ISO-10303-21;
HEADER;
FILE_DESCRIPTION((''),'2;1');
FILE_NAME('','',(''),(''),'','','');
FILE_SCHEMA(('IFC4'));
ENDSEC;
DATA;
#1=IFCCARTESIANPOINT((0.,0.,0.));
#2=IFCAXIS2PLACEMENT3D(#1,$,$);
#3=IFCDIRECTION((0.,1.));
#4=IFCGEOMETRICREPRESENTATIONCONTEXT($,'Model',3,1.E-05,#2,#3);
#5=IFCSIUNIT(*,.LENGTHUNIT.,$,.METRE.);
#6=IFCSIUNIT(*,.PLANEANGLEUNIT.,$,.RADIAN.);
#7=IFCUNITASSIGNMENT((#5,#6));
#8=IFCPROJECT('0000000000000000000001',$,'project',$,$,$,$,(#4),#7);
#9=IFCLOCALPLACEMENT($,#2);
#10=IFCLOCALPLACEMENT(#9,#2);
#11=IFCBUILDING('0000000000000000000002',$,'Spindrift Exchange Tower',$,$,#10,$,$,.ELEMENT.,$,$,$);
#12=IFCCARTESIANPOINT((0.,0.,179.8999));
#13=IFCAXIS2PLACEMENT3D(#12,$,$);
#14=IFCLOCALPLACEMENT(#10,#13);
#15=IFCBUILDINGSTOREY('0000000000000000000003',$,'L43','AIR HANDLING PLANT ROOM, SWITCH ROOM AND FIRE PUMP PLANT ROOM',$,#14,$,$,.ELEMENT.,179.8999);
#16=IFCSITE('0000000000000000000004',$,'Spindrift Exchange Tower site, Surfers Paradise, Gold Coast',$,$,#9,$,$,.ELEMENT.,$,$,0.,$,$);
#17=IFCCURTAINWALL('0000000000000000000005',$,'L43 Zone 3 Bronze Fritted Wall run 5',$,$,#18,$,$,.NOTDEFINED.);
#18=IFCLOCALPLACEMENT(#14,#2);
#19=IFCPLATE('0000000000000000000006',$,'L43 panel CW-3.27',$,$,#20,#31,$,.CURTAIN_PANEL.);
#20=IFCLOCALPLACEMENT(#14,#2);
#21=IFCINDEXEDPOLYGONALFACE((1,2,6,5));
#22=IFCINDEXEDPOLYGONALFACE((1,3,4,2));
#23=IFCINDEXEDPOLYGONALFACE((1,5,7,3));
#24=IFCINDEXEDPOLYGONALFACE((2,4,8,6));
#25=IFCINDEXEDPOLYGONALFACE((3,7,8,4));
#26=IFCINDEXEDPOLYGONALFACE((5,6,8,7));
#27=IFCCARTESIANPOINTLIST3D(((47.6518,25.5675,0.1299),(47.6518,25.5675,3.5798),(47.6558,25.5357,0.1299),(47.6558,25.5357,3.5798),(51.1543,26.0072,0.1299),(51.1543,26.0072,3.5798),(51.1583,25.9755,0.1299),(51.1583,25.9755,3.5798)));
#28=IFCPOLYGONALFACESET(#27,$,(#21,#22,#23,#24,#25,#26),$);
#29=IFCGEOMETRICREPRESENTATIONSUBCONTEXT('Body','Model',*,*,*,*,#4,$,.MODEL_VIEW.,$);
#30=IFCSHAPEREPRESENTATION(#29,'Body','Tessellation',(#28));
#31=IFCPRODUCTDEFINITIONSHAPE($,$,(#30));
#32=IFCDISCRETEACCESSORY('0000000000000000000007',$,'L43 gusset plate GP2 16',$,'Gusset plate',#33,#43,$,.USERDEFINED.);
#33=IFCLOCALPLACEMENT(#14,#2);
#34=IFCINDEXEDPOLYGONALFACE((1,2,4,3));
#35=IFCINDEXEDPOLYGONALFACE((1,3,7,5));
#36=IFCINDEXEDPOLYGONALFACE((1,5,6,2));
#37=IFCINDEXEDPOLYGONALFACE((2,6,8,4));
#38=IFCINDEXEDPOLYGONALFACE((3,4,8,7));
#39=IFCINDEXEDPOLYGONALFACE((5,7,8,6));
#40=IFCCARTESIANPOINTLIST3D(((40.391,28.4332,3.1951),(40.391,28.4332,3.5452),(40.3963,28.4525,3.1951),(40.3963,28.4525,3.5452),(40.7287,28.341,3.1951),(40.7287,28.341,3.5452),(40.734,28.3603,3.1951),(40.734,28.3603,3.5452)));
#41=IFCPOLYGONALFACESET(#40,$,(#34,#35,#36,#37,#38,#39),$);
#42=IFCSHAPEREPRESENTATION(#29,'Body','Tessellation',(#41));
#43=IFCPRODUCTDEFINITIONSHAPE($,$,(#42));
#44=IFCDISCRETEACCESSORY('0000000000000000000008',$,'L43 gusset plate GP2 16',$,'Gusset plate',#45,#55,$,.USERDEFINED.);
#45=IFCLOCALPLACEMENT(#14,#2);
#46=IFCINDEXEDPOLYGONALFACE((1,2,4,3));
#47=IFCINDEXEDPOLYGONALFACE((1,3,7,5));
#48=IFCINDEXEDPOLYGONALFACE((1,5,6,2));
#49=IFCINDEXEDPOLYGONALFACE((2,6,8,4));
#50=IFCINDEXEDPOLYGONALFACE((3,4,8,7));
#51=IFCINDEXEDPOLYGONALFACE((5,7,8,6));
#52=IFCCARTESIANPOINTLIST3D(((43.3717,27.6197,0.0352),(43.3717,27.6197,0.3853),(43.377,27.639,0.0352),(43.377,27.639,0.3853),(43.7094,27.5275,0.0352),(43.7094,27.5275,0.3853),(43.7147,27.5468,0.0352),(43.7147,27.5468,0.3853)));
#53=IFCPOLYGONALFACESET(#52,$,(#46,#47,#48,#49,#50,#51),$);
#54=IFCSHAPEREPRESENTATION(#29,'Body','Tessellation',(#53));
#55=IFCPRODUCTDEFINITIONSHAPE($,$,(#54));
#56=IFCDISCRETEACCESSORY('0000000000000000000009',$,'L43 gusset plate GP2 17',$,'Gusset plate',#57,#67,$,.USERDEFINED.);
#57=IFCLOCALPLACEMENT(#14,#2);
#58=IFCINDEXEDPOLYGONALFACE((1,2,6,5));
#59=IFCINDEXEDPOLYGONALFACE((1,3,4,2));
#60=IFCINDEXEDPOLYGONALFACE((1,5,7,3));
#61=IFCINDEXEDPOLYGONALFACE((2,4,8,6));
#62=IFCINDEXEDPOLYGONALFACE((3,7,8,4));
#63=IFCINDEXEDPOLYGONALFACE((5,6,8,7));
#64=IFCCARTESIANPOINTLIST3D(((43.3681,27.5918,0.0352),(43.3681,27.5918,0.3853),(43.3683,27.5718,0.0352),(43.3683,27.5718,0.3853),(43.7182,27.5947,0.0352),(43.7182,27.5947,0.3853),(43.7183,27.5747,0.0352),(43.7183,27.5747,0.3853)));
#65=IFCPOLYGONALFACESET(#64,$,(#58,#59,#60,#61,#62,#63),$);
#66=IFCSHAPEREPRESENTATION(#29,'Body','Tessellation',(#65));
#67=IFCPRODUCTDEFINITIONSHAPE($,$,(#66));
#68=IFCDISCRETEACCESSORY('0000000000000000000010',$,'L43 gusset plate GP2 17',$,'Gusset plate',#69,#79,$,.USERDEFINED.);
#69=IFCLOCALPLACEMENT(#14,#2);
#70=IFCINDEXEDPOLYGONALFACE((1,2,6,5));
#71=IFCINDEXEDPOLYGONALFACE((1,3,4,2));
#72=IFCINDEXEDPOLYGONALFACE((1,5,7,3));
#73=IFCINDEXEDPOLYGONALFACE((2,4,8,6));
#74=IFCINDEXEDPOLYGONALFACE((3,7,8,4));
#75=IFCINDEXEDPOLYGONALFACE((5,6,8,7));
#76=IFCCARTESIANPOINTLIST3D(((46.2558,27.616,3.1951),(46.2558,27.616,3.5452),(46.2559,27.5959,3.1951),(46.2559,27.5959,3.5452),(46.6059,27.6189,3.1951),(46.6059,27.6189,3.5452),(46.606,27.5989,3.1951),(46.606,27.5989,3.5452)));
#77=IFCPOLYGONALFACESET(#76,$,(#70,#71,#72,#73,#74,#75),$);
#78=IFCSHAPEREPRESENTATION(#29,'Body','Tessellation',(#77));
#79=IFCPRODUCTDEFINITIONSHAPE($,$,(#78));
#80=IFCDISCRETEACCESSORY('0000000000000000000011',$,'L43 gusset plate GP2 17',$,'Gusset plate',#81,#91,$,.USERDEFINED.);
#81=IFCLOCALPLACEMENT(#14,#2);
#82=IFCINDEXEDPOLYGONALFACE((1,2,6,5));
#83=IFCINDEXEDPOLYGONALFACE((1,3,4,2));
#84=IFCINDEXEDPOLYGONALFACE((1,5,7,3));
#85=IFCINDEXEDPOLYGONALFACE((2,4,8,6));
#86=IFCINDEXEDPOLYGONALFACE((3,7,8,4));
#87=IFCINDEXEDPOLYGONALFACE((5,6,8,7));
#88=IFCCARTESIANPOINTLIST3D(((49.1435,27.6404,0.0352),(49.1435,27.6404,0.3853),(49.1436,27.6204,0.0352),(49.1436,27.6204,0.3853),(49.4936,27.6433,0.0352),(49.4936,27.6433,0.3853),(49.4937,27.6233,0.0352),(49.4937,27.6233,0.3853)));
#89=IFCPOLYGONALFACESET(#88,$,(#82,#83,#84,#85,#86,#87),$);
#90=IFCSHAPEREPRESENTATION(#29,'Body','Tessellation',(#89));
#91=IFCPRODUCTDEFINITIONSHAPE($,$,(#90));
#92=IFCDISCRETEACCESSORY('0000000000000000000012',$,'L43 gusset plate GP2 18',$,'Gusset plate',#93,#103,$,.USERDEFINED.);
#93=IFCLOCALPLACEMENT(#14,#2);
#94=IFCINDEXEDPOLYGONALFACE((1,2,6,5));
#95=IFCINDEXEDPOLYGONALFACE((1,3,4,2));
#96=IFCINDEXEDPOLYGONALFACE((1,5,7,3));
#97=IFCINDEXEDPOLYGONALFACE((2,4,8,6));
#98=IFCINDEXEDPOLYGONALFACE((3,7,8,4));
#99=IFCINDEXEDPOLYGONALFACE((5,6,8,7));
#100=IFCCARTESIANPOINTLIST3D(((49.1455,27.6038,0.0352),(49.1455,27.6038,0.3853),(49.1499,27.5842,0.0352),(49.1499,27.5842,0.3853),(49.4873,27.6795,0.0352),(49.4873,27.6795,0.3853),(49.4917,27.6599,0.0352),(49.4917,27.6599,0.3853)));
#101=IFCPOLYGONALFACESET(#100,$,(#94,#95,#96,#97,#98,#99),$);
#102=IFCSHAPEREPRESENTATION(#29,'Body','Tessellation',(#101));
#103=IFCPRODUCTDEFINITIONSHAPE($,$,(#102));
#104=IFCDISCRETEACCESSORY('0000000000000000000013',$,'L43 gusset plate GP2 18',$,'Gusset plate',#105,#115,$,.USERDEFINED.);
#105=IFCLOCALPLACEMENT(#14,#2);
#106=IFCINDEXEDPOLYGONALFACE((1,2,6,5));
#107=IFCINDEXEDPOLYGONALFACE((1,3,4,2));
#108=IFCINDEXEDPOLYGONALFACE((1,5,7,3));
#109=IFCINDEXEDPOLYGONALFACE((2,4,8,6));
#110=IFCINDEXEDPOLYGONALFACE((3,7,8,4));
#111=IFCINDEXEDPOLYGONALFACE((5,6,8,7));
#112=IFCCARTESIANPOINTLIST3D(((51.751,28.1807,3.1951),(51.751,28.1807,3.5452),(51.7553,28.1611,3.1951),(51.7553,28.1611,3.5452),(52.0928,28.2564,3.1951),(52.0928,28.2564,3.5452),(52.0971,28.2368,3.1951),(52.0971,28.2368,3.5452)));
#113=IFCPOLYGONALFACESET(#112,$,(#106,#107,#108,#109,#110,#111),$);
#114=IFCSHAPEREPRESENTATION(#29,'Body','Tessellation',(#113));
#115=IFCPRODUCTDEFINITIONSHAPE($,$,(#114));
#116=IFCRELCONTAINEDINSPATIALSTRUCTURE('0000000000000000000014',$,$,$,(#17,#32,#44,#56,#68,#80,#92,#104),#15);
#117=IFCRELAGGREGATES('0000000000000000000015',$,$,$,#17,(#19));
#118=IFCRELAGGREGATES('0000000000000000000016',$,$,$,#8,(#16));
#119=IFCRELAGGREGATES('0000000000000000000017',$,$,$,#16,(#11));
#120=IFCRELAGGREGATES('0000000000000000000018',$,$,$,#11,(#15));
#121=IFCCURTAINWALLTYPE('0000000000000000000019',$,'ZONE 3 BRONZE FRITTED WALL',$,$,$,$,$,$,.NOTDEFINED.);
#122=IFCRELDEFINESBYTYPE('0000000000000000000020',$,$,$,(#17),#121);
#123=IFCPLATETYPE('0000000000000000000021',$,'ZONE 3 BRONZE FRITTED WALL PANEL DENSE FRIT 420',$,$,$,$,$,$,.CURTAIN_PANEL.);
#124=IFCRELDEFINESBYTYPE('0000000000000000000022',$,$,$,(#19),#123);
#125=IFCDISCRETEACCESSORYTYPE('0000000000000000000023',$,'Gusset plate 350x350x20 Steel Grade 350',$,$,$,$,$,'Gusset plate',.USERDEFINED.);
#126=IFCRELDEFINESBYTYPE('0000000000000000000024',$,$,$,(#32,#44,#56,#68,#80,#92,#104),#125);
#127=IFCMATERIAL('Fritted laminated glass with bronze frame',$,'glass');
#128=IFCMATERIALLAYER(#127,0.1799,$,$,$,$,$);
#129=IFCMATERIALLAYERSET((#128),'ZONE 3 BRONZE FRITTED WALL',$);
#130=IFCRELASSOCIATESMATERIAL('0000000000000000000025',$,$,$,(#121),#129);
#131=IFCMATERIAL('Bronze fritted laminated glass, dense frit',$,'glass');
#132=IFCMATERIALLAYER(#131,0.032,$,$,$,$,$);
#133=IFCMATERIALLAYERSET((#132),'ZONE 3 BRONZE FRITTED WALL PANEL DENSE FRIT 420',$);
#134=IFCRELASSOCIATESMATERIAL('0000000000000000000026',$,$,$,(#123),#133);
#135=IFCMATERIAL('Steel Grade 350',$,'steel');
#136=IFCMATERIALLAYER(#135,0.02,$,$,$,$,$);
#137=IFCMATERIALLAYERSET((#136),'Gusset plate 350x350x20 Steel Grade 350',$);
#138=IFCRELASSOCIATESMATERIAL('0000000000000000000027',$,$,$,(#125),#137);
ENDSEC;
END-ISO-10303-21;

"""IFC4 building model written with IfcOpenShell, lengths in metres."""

from ifc_helpers import new_model, si_unit, direction, frame, origin, origin_2d, place, context, subcontext, project, spatial, rectangle, extrude, source, transform, mapped, material, layer, layer_set, type_object, element, aggregate, save


model = new_model("IFC4")

# Units and contexts
model_context = context("Model", 3, precision=1e-05, world=origin(), true_north=direction((0.0, 1.0)))
body_context = subcontext(model_context, "Body", "Model", "MODEL_VIEW")
ifc_project = project(units=[si_unit("LENGTHUNIT", "METRE"), si_unit("PLANEANGLEUNIT", "RADIAN")], contexts=[model_context])

# Site, building, storey
site_placement = place(None, origin())
site = spatial("IfcSite", under=ifc_project, at=site_placement, Name="Spindrift Exchange Tower site, Surfers Paradise, Gold Coast", CompositionType="ELEMENT", RefElevation=0.0)
building_placement = place(site_placement, origin())
building = spatial("IfcBuilding", under=site, at=building_placement, Name="Spindrift Exchange Tower", CompositionType="ELEMENT")
storey_placement = place(building_placement, frame((0.0, 0.0, 179.8999)))
storey = spatial("IfcBuildingStorey", under=building, at=storey_placement, Name="L43", Description="AIR HANDLING PLANT ROOM, SWITCH ROOM AND FIRE PUMP PLANT ROOM", CompositionType="ELEMENT", Elevation=179.8999)

# Shared definitions
ifc_material_1 = material(Name="Steel Grade 350", Category="steel")

# Curtain wall
ifc_material_2 = material(Name="Fritted laminated glass with bronze frame", Category="glass")
ifc_layer_1 = layer(ifc_material_2, 0.1799)
ifc_layer_set_1 = layer_set([ifc_layer_1], Name="ZONE 3 BRONZE FRITTED WALL")
curtain_wall_type = type_object("IfcCurtainWallType", Name="ZONE 3 BRONZE FRITTED WALL", PredefinedType="NOTDEFINED", material=ifc_layer_set_1)
curtain_wall_1_placement = place(storey_placement, origin())
curtain_wall_1 = element("IfcCurtainWall", 1, at=curtain_wall_1_placement, inside=storey, type_object=curtain_wall_type, Name="L43 Zone 3 Bronze Fritted Wall run 5", PredefinedType="NOTDEFINED")
ifc_material_3 = material(Name="Bronze fritted laminated glass, dense frit", Category="glass")
ifc_layer_2 = layer(ifc_material_3, 0.032)
ifc_layer_set_2 = layer_set([ifc_layer_2], Name="ZONE 3 BRONZE FRITTED WALL PANEL DENSE FRIT 420")
plate_type_1 = type_object("IfcPlateType", Name="ZONE 3 BRONZE FRITTED WALL PANEL DENSE FRIT 420", PredefinedType="CURTAIN_PANEL", material=ifc_layer_set_2)

# Plate
shared_shape_1 = source(origin(), body_context, "Body", "SweptSolid", [
    extrude(rectangle(XDim=3.53, YDim=0.032, at=origin_2d()), origin(), (0.0, 0.0, 1.0), 3.45),
])
plate_1_placement = place(storey_placement, frame((49.405, 25.7715, 0.1299), z_axis=(0.0, 0.0, 1.0), x_axis=(0.99221, 0.124578, 0.0)))
plate_1 = element("IfcPlate", 2, at=plate_1_placement, type_object=plate_type_1, Name="L43 panel CW-3.27", PredefinedType="CURTAIN_PANEL", context=body_context, shape_type="MappedRepresentation", body=[
    mapped(shared_shape_1, transform((0.0, 0.0, 0.0), scale=1.0)),
])
aggregate(curtain_wall_1, [plate_1])

# Discrete accessories
ifc_layer_3 = layer(ifc_material_1, 0.02)
ifc_layer_set_3 = layer_set([ifc_layer_3], Name="Gusset plate 350x350x20 Steel Grade 350")
discrete_accessory_type = type_object("IfcDiscreteAccessoryType", Name="Gusset plate 350x350x20 Steel Grade 350", ElementType="Gusset plate", PredefinedType="USERDEFINED", material=ifc_layer_set_3)
shared_shape_2 = source(origin(), body_context, "Body", "SweptSolid", [
    extrude(rectangle(XDim=0.3501, YDim=0.02, at=origin_2d()), origin(), (0.0, 0.0, 1.0), 0.3501),
])
for number, where, z_axis, x_axis, name in (
    (3, (40.5625, 28.3967, 3.1951), (0.0, 0.0, 1.0), (0.964712, -0.263309, 0.0), "L43 gusset plate GP2 16"),
    (4, (43.5432, 27.5833, 0.0352), (0.0, 0.0, 1.0), (0.964712, -0.263309, 0.0), "L43 gusset plate GP2 16"),
    (5, (43.5432, 27.5833, 0.0352), (0.0, 0.0, 1.0), (0.999965, 0.008414, 0.0), "L43 gusset plate GP2 17"),
    (6, (46.4309, 27.6074, 3.1951), (0.0, 0.0, 1.0), (0.999965, 0.008414, 0.0), "L43 gusset plate GP2 17"),
    (7, (49.3186, 27.6318, 0.0352), (0.0, 0.0, 1.0), (0.999965, 0.008414, 0.0), "L43 gusset plate GP2 17"),
    (8, (49.3186, 27.6318, 0.0352), (0.0, 0.0, 1.0), (0.976345, 0.216216, 0.0), "L43 gusset plate GP2 18"),
    (9, (51.9241, 28.2087, 3.1951), (0.0, 0.0, 1.0), (0.976345, 0.216216, 0.0), "L43 gusset plate GP2 18"),
):
    element("IfcDiscreteAccessory", number, at=place(storey_placement, frame(where, z_axis=z_axis, x_axis=x_axis)), inside=storey, type_object=discrete_accessory_type, Name=name, ObjectType="Gusset plate", PredefinedType="USERDEFINED", context=body_context, shape_type="MappedRepresentation", body=[
        mapped(shared_shape_2, transform((0.0, 0.0, 0.0), scale=1.0)),
    ])

save(model, "model.ifc")
